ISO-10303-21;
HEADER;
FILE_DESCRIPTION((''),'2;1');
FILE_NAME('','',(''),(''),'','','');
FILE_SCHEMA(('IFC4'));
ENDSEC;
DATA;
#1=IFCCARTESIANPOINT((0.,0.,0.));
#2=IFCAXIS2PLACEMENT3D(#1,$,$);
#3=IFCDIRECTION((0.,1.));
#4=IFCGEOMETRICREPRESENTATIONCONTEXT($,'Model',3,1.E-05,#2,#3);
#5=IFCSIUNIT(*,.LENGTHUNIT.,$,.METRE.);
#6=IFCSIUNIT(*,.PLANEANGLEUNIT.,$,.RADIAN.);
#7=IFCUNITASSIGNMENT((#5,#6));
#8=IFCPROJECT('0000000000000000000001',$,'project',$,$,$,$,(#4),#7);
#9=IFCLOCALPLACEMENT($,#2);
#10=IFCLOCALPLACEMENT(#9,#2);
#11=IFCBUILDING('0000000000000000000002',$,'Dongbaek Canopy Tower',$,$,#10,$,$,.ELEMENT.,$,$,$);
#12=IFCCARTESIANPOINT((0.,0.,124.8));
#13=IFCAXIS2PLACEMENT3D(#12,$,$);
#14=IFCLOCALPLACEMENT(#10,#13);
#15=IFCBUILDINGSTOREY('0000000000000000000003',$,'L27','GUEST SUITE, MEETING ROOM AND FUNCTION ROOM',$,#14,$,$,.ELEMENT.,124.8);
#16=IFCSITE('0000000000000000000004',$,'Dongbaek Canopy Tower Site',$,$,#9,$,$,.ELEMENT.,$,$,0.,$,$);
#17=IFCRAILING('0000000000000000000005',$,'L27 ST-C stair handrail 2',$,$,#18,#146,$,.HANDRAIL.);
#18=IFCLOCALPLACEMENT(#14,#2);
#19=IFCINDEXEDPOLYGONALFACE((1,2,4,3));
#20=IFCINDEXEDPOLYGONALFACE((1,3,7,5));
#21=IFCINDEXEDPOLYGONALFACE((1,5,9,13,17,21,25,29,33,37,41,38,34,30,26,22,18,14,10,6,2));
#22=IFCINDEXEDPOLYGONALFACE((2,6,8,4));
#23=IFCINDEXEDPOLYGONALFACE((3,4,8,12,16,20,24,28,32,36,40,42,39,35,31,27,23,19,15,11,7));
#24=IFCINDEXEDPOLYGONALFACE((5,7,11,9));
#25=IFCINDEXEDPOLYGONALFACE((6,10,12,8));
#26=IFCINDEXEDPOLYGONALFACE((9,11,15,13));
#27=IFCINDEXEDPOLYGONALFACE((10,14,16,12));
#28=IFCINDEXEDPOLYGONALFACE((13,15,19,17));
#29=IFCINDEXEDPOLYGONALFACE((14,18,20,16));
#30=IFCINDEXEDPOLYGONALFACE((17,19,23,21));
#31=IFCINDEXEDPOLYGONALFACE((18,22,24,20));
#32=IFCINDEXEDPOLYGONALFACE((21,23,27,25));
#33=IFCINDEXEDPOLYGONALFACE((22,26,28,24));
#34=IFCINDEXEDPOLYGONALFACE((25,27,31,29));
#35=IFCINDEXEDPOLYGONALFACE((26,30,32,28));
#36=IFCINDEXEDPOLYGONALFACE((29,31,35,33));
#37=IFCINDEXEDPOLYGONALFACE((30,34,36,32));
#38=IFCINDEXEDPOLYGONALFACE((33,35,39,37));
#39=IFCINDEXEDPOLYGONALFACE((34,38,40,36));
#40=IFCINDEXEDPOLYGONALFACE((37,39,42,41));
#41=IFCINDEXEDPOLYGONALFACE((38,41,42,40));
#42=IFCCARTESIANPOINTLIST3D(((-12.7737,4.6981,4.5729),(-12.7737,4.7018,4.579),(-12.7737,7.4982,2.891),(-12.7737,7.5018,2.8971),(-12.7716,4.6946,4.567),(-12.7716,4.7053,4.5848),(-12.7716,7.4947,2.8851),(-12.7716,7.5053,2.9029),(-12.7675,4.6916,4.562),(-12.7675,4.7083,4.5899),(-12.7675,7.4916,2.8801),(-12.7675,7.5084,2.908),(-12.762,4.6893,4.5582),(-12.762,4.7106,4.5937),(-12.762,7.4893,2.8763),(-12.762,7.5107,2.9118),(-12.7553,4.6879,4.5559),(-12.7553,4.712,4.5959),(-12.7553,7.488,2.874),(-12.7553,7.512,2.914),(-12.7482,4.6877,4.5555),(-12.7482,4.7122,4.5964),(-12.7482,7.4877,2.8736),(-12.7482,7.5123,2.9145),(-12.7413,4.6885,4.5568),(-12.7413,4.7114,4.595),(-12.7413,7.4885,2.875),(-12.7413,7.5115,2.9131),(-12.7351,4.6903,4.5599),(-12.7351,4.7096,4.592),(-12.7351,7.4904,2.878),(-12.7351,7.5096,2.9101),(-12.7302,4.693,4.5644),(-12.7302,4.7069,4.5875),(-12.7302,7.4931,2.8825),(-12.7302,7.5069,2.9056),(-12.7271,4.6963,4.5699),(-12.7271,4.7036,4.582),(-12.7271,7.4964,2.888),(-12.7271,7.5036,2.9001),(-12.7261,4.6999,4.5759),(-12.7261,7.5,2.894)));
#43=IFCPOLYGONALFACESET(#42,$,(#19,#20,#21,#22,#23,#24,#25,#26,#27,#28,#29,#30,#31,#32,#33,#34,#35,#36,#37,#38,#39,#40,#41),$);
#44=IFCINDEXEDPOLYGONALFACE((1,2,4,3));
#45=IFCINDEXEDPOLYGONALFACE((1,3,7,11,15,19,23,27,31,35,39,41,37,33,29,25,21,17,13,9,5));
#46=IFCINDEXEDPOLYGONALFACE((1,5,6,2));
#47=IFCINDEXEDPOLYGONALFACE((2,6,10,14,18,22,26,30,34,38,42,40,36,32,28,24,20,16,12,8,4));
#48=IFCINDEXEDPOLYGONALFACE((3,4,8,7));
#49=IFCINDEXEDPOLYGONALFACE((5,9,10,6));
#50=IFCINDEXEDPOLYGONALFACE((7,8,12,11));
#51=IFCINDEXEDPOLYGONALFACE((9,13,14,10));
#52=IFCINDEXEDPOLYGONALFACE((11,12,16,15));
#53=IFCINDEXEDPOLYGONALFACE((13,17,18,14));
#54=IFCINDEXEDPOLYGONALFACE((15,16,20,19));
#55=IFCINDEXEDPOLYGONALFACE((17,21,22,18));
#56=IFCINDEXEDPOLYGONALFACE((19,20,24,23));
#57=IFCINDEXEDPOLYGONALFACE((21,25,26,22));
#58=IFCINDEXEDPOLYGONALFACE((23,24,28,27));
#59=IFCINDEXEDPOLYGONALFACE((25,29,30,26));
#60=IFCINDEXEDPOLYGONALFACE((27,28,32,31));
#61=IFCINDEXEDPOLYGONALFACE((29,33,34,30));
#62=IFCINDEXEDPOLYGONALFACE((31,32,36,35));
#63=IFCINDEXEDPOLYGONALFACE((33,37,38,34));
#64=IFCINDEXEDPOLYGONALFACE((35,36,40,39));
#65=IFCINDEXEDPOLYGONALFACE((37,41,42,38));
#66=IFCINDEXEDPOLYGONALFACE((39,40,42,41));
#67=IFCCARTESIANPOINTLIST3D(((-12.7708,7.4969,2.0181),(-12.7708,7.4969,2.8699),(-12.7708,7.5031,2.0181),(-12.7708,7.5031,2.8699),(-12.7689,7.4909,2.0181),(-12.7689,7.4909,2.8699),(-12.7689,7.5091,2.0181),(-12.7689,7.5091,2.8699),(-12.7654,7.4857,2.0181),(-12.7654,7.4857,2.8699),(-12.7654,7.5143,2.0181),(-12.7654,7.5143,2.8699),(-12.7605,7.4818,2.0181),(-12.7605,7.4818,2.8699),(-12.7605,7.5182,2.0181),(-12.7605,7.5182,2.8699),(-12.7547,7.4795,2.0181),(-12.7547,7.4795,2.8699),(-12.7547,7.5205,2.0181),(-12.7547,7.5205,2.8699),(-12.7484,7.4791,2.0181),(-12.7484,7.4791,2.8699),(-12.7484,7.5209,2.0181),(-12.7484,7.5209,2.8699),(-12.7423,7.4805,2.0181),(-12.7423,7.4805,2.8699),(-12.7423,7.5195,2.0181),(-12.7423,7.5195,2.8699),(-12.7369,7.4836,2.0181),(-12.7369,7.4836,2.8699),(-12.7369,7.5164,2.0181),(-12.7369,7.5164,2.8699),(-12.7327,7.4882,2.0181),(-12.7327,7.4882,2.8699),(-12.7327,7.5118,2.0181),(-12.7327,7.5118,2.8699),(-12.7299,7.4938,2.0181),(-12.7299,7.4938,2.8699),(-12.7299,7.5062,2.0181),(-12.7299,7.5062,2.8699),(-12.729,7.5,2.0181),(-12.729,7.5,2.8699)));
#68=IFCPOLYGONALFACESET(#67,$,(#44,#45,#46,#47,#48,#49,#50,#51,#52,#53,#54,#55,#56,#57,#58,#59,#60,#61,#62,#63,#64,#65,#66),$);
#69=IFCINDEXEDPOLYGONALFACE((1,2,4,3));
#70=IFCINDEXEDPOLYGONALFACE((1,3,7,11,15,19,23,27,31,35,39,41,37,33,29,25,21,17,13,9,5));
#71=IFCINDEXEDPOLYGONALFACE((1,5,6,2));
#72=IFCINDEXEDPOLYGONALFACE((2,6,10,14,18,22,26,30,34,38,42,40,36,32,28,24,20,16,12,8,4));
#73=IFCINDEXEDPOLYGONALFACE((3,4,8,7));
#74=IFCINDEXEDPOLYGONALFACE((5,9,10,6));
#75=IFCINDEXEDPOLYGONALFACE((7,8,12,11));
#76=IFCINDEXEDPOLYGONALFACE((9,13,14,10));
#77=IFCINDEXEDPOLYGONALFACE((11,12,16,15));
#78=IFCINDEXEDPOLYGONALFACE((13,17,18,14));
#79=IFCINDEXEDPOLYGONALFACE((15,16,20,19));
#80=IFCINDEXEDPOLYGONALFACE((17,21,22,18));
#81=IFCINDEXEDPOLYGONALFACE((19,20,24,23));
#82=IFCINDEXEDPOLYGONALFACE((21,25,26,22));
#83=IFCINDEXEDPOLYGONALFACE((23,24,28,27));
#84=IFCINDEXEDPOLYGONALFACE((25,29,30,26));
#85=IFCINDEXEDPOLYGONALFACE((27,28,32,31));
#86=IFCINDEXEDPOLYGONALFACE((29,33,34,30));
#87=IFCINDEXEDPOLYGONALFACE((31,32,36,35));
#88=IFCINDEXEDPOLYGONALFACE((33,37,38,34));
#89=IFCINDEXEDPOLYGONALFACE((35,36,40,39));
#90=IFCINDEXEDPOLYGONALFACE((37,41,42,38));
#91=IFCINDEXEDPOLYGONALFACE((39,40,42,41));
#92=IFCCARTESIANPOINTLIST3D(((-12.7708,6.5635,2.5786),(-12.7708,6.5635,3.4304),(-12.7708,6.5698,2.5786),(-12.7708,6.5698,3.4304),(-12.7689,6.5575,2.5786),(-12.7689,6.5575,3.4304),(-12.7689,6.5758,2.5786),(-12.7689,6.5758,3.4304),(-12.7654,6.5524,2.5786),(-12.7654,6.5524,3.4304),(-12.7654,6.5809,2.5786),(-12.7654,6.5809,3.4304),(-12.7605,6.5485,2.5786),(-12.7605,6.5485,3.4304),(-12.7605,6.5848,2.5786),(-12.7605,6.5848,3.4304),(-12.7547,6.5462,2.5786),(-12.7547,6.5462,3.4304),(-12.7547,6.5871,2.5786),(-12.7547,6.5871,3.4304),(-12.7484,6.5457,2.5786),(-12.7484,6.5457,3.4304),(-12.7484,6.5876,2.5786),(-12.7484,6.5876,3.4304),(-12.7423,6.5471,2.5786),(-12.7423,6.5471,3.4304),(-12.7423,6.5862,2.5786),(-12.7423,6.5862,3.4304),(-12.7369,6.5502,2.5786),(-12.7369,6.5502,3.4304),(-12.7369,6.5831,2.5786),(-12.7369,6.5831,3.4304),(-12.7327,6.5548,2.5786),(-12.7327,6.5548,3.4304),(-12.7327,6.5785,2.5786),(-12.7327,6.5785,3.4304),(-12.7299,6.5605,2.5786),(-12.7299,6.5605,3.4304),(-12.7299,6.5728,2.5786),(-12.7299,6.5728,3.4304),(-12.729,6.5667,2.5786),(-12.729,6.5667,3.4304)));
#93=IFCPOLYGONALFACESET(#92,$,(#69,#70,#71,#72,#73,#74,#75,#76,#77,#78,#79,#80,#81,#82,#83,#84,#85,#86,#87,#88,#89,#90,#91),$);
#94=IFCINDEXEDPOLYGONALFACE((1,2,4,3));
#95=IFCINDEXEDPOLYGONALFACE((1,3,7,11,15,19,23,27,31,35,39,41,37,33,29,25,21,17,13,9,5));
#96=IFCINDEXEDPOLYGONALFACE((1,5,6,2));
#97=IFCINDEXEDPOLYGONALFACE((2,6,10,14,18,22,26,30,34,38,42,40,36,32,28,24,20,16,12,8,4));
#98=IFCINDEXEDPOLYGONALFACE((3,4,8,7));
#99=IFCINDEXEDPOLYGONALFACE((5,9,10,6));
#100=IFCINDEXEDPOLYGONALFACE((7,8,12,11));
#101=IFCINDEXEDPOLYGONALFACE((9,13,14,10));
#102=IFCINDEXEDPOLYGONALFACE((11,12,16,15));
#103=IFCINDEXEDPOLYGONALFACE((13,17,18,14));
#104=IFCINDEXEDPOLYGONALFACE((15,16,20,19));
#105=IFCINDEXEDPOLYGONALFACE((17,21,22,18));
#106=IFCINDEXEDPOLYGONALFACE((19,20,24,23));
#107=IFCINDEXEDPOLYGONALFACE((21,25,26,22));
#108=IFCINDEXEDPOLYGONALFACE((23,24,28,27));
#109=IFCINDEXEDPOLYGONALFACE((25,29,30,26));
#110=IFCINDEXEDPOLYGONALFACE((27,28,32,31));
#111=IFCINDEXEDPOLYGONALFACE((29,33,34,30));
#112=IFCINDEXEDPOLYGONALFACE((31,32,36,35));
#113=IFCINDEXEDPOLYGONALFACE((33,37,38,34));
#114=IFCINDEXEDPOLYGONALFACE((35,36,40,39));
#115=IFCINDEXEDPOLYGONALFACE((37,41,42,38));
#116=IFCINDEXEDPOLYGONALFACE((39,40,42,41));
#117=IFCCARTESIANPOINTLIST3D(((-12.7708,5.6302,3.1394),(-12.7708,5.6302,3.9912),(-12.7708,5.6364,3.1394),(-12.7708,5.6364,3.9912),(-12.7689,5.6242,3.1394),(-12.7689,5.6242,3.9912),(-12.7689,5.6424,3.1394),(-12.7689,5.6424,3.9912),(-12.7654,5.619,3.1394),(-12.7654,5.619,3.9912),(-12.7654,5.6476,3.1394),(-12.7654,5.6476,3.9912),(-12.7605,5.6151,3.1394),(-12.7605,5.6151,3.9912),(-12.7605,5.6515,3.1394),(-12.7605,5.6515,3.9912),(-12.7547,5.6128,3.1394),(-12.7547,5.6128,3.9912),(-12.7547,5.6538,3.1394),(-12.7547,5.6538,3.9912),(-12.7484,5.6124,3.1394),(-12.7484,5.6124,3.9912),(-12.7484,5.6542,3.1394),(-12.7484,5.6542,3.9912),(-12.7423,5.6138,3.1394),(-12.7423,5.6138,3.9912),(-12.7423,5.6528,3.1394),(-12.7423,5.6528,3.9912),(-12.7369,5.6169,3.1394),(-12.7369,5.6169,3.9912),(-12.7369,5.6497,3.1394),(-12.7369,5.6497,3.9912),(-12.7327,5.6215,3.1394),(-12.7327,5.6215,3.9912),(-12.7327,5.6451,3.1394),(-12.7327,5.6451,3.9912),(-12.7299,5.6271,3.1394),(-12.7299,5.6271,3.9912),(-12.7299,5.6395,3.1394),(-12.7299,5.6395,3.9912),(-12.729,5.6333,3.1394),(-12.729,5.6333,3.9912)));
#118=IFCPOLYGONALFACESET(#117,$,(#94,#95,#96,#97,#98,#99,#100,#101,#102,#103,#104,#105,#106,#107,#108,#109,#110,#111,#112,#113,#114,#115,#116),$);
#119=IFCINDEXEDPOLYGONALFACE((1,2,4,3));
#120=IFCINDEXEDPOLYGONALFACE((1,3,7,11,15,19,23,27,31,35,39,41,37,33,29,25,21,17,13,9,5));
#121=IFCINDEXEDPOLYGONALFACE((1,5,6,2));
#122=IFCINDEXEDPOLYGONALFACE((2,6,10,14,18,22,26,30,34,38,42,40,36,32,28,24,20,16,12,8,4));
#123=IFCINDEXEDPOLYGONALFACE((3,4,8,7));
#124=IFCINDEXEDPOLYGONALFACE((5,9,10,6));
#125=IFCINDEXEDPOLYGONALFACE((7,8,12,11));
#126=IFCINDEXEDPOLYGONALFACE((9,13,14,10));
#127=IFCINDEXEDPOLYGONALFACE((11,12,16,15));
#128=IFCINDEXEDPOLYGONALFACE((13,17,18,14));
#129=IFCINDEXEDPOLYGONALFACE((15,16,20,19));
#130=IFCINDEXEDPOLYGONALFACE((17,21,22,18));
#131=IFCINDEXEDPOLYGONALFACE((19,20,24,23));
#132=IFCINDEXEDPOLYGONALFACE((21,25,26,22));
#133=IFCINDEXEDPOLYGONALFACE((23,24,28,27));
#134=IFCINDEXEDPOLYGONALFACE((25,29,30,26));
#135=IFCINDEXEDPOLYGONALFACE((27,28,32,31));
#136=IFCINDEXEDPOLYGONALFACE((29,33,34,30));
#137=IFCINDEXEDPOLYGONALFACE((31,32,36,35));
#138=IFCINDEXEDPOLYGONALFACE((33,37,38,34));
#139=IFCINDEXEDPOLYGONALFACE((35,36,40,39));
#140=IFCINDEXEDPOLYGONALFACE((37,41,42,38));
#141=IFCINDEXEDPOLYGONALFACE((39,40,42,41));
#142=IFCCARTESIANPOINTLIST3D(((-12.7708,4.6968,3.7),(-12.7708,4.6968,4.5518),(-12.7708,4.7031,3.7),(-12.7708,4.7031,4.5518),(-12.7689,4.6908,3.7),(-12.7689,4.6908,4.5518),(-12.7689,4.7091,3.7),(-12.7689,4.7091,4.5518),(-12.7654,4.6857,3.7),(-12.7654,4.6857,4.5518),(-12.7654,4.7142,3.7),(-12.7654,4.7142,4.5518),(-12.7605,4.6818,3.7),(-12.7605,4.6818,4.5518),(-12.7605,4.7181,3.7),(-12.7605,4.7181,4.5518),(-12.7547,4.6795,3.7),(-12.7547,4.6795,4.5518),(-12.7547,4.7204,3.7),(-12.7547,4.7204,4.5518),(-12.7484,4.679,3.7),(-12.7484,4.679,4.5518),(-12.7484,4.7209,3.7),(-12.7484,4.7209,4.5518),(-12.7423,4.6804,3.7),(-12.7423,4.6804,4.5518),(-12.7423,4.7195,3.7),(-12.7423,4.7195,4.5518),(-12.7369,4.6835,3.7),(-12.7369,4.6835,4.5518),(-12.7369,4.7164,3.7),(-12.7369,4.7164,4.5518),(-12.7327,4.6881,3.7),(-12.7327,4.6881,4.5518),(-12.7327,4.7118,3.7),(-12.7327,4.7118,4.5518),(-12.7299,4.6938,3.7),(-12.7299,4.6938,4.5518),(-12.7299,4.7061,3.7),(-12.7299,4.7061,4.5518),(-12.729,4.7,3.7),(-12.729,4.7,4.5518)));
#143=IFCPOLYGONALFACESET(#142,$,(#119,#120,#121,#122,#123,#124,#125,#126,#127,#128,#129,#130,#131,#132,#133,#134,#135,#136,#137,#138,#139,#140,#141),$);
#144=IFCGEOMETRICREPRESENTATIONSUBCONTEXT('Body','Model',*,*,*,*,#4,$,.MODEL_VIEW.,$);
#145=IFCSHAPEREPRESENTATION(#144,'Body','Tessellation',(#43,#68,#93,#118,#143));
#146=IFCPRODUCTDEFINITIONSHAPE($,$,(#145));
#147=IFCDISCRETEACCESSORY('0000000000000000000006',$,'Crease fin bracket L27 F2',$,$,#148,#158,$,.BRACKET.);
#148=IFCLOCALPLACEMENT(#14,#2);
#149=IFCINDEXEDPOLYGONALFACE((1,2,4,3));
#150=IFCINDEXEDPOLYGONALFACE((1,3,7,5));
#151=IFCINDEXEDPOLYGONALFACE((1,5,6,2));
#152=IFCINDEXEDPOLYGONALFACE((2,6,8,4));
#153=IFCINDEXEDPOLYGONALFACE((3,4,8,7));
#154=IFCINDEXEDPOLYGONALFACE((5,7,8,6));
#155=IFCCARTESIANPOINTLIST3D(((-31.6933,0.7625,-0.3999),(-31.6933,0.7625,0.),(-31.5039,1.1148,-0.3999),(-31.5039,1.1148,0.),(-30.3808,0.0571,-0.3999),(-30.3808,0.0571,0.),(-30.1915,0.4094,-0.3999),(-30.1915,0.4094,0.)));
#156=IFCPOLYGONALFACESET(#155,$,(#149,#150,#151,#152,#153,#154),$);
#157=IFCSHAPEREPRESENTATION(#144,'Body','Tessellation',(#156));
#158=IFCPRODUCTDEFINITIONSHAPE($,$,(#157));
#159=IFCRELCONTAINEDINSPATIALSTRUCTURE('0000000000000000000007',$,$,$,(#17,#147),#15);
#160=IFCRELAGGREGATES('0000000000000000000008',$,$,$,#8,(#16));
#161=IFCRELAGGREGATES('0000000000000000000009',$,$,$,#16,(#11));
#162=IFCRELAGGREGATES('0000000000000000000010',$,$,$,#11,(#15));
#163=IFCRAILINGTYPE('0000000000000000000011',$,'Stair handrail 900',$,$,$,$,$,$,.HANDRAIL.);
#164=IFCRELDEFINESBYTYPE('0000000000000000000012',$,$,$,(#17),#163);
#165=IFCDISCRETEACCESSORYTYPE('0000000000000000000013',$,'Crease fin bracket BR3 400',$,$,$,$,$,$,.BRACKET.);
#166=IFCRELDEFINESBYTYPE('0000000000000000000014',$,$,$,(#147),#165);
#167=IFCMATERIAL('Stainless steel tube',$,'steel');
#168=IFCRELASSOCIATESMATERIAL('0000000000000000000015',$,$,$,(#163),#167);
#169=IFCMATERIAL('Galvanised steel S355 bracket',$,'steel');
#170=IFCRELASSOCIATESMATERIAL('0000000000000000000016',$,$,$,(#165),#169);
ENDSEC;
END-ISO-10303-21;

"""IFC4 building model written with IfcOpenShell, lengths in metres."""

from ifc_helpers import new_model, si_unit, direction, frame, origin, origin_2d, place, context, subcontext, project, spatial, rectangle, circle, extrude, material, type_object, element, save


model = new_model("IFC4")

# Units and contexts
model_context = context("Model", 3, precision=1e-05, world=origin(), true_north=direction((0.0, 1.0)))
body_context = subcontext(model_context, "Body", "Model", "MODEL_VIEW")
ifc_project = project(units=[si_unit("LENGTHUNIT", "METRE"), si_unit("PLANEANGLEUNIT", "RADIAN")], contexts=[model_context])

# Site, building, storey
site_placement = place(None, origin())
site = spatial("IfcSite", under=ifc_project, at=site_placement, Name="Dongbaek Canopy Tower Site", CompositionType="ELEMENT", RefElevation=0.0)
building_placement = place(site_placement, origin())
building = spatial("IfcBuilding", under=site, at=building_placement, Name="Dongbaek Canopy Tower", CompositionType="ELEMENT")
storey_placement = place(building_placement, frame((0.0, 0.0, 124.8)))
storey = spatial("IfcBuildingStorey", under=building, at=storey_placement, Name="L27", Description="GUEST SUITE, MEETING ROOM AND FUNCTION ROOM", CompositionType="ELEMENT", Elevation=124.8)

# Railing
ifc_material_1 = material(Name="Stainless steel tube", Category="steel")
railing_type = type_object("IfcRailingType", Name="Stair handrail 900", PredefinedType="HANDRAIL", material=ifc_material_1)
railing_placement = place(storey_placement, frame((-12.75, 7.5, 2.0181)))
element("IfcRailing", 1, at=railing_placement, inside=storey, type_object=railing_type, Name="L27 ST-C stair handrail 2", PredefinedType="HANDRAIL", context=body_context, shape_type="SweptSolid", body=[
    extrude(circle(Radius=0.0239, at=origin_2d()), frame((0.0, 0.0, 0.876), z_axis=(0.0, -0.857242, 0.514913), x_axis=(1.0, 0.0, 0.0)), (0.0, 0.0, 1.0), 3.2664),
    extrude(circle(Radius=0.021, at=origin_2d()), origin(), (0.0, 0.0, 1.0), 0.8518),
    extrude(circle(Radius=0.021, at=origin_2d()), frame((0.0, -0.9333, 0.5605)), (0.0, 0.0, 1.0), 0.8518),
    extrude(circle(Radius=0.021, at=origin_2d()), frame((0.0, -1.8667, 1.1213)), (0.0, 0.0, 1.0), 0.8518),
    extrude(circle(Radius=0.021, at=origin_2d()), frame((0.0, -2.8, 1.6819)), (0.0, 0.0, 1.0), 0.8518),
])

# Discrete accessory
ifc_material_2 = material(Name="Galvanised steel S355 bracket", Category="steel")
discrete_accessory_type = type_object("IfcDiscreteAccessoryType", Name="Crease fin bracket BR3 400", PredefinedType="BRACKET", material=ifc_material_2)
discrete_accessory_placement = place(storey_placement, frame((-30.9424, 0.5859, -0.3999), z_axis=(0.0, 0.0, 1.0), x_axis=(-0.880843, 0.473409, 0.0)))
element("IfcDiscreteAccessory", 2, at=discrete_accessory_placement, inside=storey, type_object=discrete_accessory_type, Name="Crease fin bracket L27 F2", PredefinedType="BRACKET", context=body_context, shape_type="SweptSolid", body=[
    extrude(rectangle(XDim=1.49, YDim=0.3999, at=origin_2d()), origin(), (0.0, 0.0, 1.0), 0.3999),
])

save(model, "model.ifc")
